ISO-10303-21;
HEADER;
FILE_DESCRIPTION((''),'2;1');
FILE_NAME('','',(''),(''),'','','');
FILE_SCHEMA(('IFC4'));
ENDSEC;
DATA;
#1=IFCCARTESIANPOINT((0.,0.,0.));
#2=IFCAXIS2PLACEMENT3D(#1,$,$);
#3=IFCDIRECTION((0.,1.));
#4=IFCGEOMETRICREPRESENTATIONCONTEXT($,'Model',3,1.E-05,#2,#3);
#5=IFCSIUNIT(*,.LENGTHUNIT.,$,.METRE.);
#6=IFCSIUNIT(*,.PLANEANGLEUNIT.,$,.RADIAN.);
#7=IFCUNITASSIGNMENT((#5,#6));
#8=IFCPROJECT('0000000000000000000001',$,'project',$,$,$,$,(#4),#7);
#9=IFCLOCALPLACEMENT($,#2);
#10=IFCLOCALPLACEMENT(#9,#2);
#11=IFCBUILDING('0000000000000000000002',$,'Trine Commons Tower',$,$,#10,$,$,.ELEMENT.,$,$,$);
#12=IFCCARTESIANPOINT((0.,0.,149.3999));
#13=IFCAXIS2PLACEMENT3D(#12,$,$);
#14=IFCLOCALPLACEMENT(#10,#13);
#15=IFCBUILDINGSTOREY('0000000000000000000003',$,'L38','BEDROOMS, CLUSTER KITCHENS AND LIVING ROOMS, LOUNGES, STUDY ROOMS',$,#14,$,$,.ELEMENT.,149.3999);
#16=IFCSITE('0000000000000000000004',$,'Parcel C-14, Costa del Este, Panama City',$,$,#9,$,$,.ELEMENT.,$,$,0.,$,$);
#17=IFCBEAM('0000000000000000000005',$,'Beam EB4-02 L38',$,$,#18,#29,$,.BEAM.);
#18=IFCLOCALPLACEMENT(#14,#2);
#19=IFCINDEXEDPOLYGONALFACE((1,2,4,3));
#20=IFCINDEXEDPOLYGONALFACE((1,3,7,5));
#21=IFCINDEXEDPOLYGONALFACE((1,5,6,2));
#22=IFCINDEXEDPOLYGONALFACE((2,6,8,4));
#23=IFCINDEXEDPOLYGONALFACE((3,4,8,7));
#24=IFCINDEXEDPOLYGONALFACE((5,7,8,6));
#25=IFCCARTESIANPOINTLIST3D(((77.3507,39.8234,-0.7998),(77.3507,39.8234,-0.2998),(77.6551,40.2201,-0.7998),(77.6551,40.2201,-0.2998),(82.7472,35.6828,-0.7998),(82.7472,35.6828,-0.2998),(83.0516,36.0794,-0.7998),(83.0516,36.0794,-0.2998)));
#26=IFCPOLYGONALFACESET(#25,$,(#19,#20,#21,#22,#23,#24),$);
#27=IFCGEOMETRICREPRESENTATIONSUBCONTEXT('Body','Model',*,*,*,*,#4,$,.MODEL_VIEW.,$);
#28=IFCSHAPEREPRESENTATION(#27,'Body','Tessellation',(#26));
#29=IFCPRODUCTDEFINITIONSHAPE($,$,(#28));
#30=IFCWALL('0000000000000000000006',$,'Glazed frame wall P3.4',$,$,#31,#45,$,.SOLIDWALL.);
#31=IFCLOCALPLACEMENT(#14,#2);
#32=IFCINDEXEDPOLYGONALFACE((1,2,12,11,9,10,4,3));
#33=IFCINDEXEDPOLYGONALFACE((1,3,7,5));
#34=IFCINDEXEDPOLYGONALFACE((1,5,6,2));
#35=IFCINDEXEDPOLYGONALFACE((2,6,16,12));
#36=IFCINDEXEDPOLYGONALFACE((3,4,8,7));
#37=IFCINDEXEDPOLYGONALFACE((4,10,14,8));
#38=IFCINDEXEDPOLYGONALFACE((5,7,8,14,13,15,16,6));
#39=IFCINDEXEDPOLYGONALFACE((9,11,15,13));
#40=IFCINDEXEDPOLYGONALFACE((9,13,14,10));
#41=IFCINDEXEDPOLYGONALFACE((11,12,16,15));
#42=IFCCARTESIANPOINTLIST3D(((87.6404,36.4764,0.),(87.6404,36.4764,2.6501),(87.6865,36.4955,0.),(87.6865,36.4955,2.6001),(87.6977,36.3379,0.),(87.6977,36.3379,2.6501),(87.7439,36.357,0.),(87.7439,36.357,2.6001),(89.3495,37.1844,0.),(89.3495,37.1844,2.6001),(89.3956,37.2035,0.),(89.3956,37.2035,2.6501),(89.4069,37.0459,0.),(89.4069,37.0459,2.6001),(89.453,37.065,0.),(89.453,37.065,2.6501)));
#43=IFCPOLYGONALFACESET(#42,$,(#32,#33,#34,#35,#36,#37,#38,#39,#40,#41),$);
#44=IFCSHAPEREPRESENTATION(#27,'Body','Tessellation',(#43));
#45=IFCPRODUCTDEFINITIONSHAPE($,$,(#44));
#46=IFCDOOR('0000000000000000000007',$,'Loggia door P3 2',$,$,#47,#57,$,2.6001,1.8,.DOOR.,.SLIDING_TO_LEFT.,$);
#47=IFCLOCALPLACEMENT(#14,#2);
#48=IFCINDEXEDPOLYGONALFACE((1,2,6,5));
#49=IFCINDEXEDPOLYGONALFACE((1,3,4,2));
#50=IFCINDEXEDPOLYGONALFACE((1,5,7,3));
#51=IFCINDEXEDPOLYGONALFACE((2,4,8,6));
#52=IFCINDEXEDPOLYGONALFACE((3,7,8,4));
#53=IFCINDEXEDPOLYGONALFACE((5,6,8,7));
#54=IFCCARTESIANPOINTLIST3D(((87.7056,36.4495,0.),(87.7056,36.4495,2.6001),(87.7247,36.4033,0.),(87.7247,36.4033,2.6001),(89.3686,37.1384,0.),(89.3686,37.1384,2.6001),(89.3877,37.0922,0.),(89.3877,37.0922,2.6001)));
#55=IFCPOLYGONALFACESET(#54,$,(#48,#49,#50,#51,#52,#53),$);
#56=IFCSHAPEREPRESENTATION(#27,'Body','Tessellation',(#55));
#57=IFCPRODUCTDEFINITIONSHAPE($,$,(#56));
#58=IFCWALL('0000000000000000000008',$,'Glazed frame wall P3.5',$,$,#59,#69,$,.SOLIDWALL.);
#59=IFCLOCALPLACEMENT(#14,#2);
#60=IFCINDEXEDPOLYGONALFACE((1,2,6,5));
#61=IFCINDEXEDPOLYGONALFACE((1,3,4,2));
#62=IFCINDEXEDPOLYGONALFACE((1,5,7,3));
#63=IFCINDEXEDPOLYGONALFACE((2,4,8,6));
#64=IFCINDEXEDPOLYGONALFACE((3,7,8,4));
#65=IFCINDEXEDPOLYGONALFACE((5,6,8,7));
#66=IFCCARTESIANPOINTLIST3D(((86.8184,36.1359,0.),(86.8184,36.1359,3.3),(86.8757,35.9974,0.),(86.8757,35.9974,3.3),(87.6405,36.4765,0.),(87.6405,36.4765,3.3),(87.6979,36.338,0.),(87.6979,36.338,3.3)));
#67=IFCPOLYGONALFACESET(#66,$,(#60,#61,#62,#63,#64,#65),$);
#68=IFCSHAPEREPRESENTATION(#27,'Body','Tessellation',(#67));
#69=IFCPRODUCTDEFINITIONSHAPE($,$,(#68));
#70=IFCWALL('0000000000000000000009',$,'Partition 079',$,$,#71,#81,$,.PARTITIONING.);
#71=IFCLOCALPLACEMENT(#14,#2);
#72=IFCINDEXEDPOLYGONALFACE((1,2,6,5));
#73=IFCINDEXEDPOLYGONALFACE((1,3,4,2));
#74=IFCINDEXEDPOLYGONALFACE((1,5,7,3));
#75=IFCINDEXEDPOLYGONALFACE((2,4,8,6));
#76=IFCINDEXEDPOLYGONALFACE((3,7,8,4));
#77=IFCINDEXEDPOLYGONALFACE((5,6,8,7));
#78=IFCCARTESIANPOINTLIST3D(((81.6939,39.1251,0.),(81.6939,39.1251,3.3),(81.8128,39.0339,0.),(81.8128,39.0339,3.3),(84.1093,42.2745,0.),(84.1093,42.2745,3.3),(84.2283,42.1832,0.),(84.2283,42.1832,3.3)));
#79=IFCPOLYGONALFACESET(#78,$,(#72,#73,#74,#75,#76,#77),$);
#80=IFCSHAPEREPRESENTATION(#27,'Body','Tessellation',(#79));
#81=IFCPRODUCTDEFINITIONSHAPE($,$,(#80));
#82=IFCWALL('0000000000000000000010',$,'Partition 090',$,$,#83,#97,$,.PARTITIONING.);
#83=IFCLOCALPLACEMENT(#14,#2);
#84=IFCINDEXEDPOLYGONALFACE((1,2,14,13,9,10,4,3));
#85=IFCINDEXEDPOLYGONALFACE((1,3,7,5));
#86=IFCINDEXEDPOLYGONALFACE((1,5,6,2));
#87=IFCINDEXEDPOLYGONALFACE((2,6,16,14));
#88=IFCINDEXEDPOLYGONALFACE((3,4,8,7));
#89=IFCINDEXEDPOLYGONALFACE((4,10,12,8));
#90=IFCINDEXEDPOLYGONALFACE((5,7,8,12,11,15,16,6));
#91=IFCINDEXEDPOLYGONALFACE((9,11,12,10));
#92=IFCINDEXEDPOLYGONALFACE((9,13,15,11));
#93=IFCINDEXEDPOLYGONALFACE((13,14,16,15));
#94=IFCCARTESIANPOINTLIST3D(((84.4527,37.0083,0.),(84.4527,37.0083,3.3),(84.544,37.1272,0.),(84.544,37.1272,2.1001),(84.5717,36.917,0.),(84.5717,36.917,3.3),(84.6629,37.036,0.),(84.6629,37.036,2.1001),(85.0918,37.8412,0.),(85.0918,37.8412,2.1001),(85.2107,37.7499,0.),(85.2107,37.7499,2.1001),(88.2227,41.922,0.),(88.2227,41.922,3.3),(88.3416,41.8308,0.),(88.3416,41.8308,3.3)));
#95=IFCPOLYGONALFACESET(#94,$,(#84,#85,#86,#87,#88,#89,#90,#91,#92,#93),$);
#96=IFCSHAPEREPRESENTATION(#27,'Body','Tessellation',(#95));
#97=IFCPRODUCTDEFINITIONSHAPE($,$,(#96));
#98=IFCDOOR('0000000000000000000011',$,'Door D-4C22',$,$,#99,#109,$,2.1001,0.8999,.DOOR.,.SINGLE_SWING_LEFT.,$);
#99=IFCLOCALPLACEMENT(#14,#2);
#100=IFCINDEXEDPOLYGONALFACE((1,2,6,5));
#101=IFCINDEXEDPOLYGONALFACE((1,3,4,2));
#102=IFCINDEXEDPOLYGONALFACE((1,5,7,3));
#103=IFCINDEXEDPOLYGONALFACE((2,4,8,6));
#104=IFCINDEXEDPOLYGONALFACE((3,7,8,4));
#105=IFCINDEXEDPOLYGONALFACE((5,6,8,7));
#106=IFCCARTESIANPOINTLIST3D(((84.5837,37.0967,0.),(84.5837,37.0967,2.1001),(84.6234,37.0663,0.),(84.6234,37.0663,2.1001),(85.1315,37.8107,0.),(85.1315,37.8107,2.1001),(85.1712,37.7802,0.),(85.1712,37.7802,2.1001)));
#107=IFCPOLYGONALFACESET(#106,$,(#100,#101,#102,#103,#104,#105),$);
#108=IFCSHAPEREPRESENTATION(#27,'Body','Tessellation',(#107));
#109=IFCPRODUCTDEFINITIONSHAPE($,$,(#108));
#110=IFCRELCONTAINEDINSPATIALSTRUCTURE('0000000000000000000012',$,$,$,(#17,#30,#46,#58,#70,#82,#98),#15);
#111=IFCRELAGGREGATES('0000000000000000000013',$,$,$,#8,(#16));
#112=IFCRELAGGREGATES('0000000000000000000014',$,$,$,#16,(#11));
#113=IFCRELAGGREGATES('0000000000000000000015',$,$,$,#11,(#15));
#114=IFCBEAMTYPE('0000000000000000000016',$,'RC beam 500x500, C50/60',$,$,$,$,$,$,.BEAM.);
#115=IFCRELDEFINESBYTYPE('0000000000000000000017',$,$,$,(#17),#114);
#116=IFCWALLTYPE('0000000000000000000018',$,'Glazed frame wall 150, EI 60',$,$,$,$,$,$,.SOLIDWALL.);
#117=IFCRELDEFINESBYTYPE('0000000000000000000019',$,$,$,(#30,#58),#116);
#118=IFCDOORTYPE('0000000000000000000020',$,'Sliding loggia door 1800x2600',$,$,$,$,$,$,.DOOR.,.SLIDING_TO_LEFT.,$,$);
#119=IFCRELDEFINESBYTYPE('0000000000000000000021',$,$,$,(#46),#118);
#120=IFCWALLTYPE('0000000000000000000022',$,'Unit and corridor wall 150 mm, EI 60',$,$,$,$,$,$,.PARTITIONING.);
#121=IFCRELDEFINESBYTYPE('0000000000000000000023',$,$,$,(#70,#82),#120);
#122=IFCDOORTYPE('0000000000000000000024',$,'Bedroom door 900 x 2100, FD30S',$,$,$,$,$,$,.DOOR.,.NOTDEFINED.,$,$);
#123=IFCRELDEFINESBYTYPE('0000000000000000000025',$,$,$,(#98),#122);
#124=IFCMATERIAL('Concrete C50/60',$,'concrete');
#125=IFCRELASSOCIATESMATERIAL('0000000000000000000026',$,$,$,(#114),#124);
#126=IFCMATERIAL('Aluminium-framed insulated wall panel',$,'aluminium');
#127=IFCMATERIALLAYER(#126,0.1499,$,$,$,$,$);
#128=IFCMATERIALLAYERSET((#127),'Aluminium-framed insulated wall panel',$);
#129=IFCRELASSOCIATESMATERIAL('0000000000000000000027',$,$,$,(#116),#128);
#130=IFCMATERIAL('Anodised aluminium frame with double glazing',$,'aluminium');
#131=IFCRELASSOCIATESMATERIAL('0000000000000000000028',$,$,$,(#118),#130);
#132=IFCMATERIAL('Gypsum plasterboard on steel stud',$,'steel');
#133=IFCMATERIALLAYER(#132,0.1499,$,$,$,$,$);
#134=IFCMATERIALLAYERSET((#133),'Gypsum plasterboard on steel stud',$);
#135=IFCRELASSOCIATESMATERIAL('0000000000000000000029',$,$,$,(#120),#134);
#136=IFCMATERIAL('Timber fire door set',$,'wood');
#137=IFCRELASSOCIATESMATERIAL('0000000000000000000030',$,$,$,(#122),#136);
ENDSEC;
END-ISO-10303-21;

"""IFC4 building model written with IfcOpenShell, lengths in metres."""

from ifc_helpers import new_model, si_unit, direction, frame, frame_2d, origin, origin_2d, place, context, subcontext, project, spatial, polyline, rectangle, outline, extrude, material, layer, layer_set, material_profile, profile_set, type_object, element, fill, save


model = new_model("IFC4")

# Units and contexts
model_context = context("Model", 3, precision=1e-05, world=origin(), true_north=direction((0.0, 1.0)))
body_context = subcontext(model_context, "Body", "Model", "MODEL_VIEW")
ifc_project = project(units=[si_unit("LENGTHUNIT", "METRE"), si_unit("PLANEANGLEUNIT", "RADIAN")], contexts=[model_context])

# Site, building, storey
site_placement = place(None, origin())
site = spatial("IfcSite", under=ifc_project, at=site_placement, Name="Parcel C-14, Costa del Este, Panama City", CompositionType="ELEMENT", RefElevation=0.0)
building_placement = place(site_placement, origin())
building = spatial("IfcBuilding", under=site, at=building_placement, Name="Trine Commons Tower", CompositionType="ELEMENT")
storey_placement = place(building_placement, frame((0.0, 0.0, 149.3999)))
storey = spatial("IfcBuildingStorey", under=building, at=storey_placement, Name="L38", Description="BEDROOMS, CLUSTER KITCHENS AND LIVING ROOMS, LOUNGES, STUDY ROOMS", CompositionType="ELEMENT", Elevation=149.3999)

# Beam
ifc_material_1 = material(Name="Concrete C50/60", Category="concrete")
ifc_material_profile = material_profile(ifc_material_1, rectangle(XDim=0.5, YDim=0.5, at=origin_2d()), Name="RC 500x500")
ifc_profile_set = profile_set([ifc_material_profile], Name="Concrete C50/60")
beam_type = type_object("IfcBeamType", Name="RC beam 500x500, C50/60", PredefinedType="BEAM", material=ifc_profile_set)
beam_placement = place(storey_placement, frame((82.8994, 35.8811, -0.5498), z_axis=(-0.793371, 0.608739, 0.0), x_axis=(-0.608739, -0.793371, 0.0)))
element("IfcBeam", 1, at=beam_placement, inside=storey, type_object=beam_type, Name="Beam EB4-02 L38", PredefinedType="BEAM", context=body_context, shape_type="SweptSolid", body=[
    extrude(rectangle(XDim=0.5, YDim=0.5, at=origin_2d()), origin(), (0.0, 0.0, 1.0), 6.802),
])

# Wall, opening, door
ifc_material_2 = material(Name="Aluminium-framed insulated wall panel", Category="aluminium")
ifc_layer_1 = layer(ifc_material_2, 0.1499)
ifc_layer_set_1 = layer_set([ifc_layer_1], Name="Aluminium-framed insulated wall panel")
wall_type_1 = type_object("IfcWallType", Name="Glazed frame wall 150, EI 60", PredefinedType="SOLIDWALL", material=ifc_layer_set_1)
wall_1_placement = place(storey_placement, frame((89.4243, 37.1343, 0.0), z_axis=(0.0, 0.0, 1.0), x_axis=(-0.92387, -0.382707, 0.0)))
wall_1 = element("IfcWall", 2, at=wall_1_placement, inside=storey, type_object=wall_type_1, Name="Glazed frame wall P3.4", PredefinedType="SOLIDWALL", context=body_context, shape_type="SweptSolid", body=[
    extrude(outline(polyline([(0.0, -0.075), (1.8999, -0.075), (1.8999, 0.075), (0.0, 0.075), (0.0, -0.075)])), origin(), (0.0, 0.0, 1.0), 2.6501),
])
opening_1_placement = place(wall_1_placement, frame((0.05, 0.0, 0.0)))
opening_1 = element("IfcOpeningElement", 3, at=opening_1_placement, cuts=wall_1, PredefinedType="OPENING", context=body_context, shape_type="SweptSolid", body=[
    extrude(rectangle(XDim=1.8, YDim=2.6001, at=frame_2d((0.8999, 1.3))), frame((0.0, 0.085, 0.0), z_axis=(0.0, -1.0, 0.0), x_axis=(1.0, 0.0, 0.0)), (0.0, 0.0, 1.0), 0.1699),
])
ifc_material_3 = material(Name="Anodised aluminium frame with double glazing", Category="aluminium")
door_type_1 = type_object("IfcDoorType", Name="Sliding loggia door 1800x2600", OperationType="SLIDING_TO_LEFT", PredefinedType="DOOR", material=ifc_material_3)
door_1_placement = place(opening_1_placement, origin())
door_1 = element("IfcDoor", 4, at=door_1_placement, inside=storey, type_object=door_type_1, Name="Loggia door P3 2", OperationType="SLIDING_TO_LEFT", OverallHeight=2.6001, OverallWidth=1.8, PredefinedType="DOOR", context=body_context, shape_type="SweptSolid", body=[
    extrude(rectangle(XDim=1.8, YDim=2.6001, at=frame_2d((0.8999, 1.3))), frame((0.0, 0.0249, 0.0), z_axis=(0.0, -1.0, 0.0), x_axis=(1.0, 0.0, 0.0)), (0.0, 0.0, 1.0), 0.05),
])
fill(opening_1, door_1)

# Walls
wall_2_placement = place(storey_placement, frame((87.6692, 36.4072, 0.0), z_axis=(0.0, 0.0, 1.0), x_axis=(-0.923862, -0.382725, 0.0)))
element("IfcWall", 5, at=wall_2_placement, inside=storey, type_object=wall_type_1, Name="Glazed frame wall P3.5", PredefinedType="SOLIDWALL", context=body_context, shape_type="SweptSolid", body=[
    extrude(outline(polyline([(0.8899, 0.075), (0.0, 0.075), (0.0, -0.075), (0.8899, -0.075), (0.8899, 0.075)])), origin(), (0.0, 0.0, 1.0), 3.3),
])
ifc_material_4 = material(Name="Gypsum plasterboard on steel stud", Category="steel")
ifc_layer_2 = layer(ifc_material_4, 0.1499)
ifc_layer_set_2 = layer_set([ifc_layer_2], Name="Gypsum plasterboard on steel stud")
wall_type_2 = type_object("IfcWallType", Name="Unit and corridor wall 150 mm, EI 60", PredefinedType="PARTITIONING", material=ifc_layer_set_2)
wall_3_placement = place(storey_placement, frame((81.7534, 39.0796, 0.0), z_axis=(0.0, 0.0, 1.0), x_axis=(0.608586, 0.793488, 0.0)))
element("IfcWall", 6, at=wall_3_placement, inside=storey, type_object=wall_type_2, Name="Partition 079", PredefinedType="PARTITIONING", context=body_context, shape_type="SweptSolid", body=[
    extrude(rectangle(XDim=3.969, YDim=0.1499, at=frame_2d((1.9844, 0.0))), origin(), (0.0, 0.0, 1.0), 3.3),
])

# Wall, opening, door
wall_4_placement = place(storey_placement, frame((84.5122, 36.9626, 0.0), z_axis=(0.0, 0.0, 1.0), x_axis=(0.608712, 0.793391, 0.0)))
wall_4 = element("IfcWall", 7, at=wall_4_placement, inside=storey, type_object=wall_type_2, Name="Partition 090", PredefinedType="PARTITIONING", context=body_context, shape_type="SweptSolid", body=[
    extrude(rectangle(XDim=6.1934, YDim=0.1499, at=frame_2d((3.0967, 0.0))), origin(), (0.0, 0.0, 1.0), 3.3),
])
opening_2_placement = place(wall_4_placement, frame((0.1499, 0.0, 0.0)))
opening_2 = element("IfcOpeningElement", 8, at=opening_2_placement, cuts=wall_4, PredefinedType="OPENING", context=body_context, shape_type="SweptSolid", body=[
    extrude(rectangle(XDim=0.8999, YDim=2.1001, at=frame_2d((0.45, 1.05))), frame((0.0, 0.085, 0.0), z_axis=(0.0, -1.0, 0.0), x_axis=(1.0, 0.0, 0.0)), (0.0, 0.0, 1.0), 0.1699),
])
ifc_material_5 = material(Name="Timber fire door set", Category="wood")
door_type_2 = type_object("IfcDoorType", Name="Bedroom door 900 x 2100, FD30S", OperationType="NOTDEFINED", PredefinedType="DOOR", material=ifc_material_5)
door_2_placement = place(opening_2_placement, origin())
door_2 = element("IfcDoor", 9, at=door_2_placement, inside=storey, type_object=door_type_2, Name="Door D-4C22", OperationType="SINGLE_SWING_LEFT", OverallHeight=2.1001, OverallWidth=0.8999, PredefinedType="DOOR", context=body_context, shape_type="SweptSolid", body=[
    extrude(rectangle(XDim=0.8999, YDim=2.1001, at=frame_2d((0.45, 1.05))), frame((0.0, 0.0249, 0.0), z_axis=(0.0, -1.0, 0.0), x_axis=(1.0, 0.0, 0.0)), (0.0, 0.0, 1.0), 0.05),
])
fill(opening_2, door_2)

save(model, "model.ifc")
